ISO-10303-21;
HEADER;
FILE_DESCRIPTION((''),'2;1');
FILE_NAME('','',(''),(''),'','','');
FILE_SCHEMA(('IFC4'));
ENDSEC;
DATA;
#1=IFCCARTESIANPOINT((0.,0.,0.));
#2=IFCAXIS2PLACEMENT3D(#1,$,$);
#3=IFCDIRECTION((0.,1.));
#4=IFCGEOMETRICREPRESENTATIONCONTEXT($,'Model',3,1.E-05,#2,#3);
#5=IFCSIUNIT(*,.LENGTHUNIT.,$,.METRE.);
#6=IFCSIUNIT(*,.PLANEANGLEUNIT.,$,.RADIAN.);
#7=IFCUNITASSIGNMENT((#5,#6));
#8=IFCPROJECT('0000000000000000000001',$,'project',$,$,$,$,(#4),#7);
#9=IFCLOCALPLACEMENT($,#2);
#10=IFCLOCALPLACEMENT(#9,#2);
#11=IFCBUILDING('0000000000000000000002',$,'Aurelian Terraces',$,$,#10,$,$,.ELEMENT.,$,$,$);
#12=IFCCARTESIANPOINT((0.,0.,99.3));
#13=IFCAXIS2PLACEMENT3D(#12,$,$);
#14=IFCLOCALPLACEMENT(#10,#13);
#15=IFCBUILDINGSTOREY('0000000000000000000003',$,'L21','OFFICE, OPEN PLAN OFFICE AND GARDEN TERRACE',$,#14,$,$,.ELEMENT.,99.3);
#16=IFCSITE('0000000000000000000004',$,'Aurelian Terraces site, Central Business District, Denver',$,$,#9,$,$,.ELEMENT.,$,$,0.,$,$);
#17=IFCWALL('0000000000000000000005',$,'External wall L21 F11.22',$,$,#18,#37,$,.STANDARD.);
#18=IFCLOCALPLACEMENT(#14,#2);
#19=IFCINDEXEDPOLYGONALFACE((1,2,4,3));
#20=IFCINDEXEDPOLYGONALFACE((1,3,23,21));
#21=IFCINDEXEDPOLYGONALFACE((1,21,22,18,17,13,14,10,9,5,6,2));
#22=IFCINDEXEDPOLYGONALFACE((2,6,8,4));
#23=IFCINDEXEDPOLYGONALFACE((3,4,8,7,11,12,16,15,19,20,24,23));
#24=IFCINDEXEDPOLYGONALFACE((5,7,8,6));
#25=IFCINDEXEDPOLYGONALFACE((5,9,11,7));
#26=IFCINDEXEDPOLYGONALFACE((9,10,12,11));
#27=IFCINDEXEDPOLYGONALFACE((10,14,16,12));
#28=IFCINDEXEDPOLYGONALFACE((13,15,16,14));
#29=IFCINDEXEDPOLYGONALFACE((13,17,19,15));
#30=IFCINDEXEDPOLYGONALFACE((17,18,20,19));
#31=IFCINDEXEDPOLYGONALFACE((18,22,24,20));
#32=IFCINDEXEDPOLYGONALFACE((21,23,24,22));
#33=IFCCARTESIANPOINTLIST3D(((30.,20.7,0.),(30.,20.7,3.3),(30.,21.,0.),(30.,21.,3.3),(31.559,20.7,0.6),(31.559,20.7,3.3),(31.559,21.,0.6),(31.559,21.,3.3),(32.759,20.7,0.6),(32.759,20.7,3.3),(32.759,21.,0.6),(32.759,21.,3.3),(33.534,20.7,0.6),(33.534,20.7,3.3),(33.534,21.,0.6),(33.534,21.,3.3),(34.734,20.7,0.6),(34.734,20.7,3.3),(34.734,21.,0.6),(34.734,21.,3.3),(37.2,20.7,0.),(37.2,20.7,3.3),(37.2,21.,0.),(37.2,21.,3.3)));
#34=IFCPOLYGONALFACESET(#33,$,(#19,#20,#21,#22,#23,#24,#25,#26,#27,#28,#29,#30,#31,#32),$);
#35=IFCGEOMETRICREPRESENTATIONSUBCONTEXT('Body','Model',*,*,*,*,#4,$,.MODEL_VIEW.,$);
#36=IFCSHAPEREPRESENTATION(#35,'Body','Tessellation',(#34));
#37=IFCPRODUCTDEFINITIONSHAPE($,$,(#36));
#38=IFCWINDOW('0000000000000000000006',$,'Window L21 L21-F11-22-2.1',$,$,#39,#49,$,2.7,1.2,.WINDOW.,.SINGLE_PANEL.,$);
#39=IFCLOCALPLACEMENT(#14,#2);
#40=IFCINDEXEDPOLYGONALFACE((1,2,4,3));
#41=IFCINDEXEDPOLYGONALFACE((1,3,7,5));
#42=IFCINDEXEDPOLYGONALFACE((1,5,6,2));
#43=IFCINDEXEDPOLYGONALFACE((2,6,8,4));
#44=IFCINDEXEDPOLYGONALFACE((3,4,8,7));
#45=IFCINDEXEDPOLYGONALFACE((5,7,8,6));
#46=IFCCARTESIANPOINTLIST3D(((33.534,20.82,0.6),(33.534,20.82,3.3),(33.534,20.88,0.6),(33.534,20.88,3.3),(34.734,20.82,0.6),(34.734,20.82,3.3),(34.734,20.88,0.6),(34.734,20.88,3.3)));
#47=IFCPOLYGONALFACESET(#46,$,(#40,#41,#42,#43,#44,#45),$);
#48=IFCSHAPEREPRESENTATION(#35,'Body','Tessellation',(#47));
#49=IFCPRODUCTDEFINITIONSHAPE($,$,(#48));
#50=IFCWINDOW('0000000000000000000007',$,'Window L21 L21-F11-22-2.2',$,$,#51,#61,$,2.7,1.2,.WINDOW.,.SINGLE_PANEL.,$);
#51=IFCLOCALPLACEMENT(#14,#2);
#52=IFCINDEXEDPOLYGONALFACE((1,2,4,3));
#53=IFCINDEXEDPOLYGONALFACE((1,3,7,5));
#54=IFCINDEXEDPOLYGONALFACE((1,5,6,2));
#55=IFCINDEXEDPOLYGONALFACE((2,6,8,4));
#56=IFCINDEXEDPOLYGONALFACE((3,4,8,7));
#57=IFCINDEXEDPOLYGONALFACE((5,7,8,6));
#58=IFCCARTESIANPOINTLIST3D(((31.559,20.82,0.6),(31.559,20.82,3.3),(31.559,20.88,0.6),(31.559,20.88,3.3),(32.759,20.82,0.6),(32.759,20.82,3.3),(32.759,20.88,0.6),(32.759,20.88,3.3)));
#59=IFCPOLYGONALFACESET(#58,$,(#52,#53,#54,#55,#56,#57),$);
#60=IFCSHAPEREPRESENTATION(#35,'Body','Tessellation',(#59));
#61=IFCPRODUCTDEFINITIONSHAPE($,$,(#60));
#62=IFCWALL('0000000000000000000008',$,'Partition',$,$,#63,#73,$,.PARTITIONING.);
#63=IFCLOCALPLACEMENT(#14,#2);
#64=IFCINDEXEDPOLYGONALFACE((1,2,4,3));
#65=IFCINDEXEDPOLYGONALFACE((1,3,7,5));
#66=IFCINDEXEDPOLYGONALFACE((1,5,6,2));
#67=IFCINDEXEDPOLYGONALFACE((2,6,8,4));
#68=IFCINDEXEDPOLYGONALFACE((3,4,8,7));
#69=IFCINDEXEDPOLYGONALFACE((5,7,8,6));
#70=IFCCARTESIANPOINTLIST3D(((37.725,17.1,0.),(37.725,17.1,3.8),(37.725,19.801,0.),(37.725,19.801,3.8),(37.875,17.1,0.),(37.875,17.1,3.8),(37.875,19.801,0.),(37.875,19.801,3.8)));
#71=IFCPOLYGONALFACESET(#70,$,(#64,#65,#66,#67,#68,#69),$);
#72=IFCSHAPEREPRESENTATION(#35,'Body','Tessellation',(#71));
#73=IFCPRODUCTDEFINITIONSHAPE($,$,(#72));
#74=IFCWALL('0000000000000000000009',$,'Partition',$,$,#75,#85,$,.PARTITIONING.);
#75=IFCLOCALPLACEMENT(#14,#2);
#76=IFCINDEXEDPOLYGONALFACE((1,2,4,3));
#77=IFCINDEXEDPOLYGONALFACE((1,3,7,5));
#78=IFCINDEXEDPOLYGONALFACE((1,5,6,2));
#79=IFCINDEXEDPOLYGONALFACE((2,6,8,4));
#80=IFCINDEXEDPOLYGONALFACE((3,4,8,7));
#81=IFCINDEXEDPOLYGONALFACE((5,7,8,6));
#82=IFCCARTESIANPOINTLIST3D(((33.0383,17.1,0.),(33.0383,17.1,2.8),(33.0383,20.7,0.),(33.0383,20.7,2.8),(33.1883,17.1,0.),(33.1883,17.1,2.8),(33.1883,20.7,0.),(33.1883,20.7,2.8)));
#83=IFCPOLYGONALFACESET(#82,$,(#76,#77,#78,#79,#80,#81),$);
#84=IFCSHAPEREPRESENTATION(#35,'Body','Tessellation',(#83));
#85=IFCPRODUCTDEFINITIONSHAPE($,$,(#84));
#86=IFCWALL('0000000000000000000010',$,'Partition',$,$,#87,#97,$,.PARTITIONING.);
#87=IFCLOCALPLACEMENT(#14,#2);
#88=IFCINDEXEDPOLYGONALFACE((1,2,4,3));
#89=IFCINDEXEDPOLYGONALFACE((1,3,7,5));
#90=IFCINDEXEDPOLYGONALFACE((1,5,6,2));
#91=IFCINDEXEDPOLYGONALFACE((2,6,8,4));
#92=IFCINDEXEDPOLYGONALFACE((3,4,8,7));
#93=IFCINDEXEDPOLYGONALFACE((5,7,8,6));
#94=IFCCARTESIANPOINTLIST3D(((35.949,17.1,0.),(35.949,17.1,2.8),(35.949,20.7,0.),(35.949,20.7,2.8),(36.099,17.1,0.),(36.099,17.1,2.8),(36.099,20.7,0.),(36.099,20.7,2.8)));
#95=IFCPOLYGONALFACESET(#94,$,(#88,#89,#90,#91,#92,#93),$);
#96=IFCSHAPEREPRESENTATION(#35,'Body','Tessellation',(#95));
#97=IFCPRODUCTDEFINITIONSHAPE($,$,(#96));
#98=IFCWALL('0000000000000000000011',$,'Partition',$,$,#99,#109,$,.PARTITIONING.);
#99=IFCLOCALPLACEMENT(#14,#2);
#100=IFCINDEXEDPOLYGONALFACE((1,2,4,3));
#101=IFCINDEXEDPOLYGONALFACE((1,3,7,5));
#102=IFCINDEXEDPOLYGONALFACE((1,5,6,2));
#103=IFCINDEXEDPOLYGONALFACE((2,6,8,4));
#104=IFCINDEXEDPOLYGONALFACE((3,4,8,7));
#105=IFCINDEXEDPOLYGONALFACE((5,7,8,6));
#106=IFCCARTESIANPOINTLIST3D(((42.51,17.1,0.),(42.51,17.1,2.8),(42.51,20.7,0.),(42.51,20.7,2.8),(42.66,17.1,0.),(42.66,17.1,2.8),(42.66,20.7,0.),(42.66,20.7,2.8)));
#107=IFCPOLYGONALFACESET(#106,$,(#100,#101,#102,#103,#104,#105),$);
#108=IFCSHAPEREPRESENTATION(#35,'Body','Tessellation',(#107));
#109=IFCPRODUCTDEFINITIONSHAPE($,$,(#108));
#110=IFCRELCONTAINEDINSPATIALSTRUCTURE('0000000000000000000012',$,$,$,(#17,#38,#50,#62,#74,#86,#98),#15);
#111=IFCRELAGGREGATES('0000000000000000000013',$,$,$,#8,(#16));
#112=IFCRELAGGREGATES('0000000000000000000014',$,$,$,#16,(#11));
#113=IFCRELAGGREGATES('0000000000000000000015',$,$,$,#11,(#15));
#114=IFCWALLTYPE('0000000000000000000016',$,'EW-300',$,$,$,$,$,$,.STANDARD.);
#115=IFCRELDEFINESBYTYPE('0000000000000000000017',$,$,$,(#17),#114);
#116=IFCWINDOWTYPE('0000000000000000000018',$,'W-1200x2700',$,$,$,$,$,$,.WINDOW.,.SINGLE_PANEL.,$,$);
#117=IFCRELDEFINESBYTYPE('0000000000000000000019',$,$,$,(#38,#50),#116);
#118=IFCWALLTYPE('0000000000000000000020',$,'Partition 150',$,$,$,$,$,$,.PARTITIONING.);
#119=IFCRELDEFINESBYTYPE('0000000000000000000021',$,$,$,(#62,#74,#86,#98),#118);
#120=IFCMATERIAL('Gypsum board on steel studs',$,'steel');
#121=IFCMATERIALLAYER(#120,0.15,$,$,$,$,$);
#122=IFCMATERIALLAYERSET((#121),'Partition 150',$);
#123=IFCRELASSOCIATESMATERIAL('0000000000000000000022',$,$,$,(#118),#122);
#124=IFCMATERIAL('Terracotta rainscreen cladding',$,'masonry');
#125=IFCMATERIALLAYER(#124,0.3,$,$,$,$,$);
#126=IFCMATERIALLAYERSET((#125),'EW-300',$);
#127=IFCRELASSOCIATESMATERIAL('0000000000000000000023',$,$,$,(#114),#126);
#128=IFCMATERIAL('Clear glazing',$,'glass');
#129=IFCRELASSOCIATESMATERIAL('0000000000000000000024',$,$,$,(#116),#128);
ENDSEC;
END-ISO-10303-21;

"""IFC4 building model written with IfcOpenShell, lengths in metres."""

from ifc_helpers import new_model, si_unit, direction, frame, frame_2d, origin, place, context, subcontext, project, spatial, rectangle, extrude, source, transform, mapped, material, layer, layer_set, type_object, element, fill, save


model = new_model("IFC4")

# Units and contexts
model_context = context("Model", 3, precision=1e-05, world=origin(), true_north=direction((0.0, 1.0)))
body_context = subcontext(model_context, "Body", "Model", "MODEL_VIEW")
ifc_project = project(units=[si_unit("LENGTHUNIT", "METRE"), si_unit("PLANEANGLEUNIT", "RADIAN")], contexts=[model_context])

# Site, building, storey
site_placement = place(None, origin())
site = spatial("IfcSite", under=ifc_project, at=site_placement, Name="Aurelian Terraces site, Central Business District, Denver", CompositionType="ELEMENT", RefElevation=0.0)
building_placement = place(site_placement, origin())
building = spatial("IfcBuilding", under=site, at=building_placement, Name="Aurelian Terraces", CompositionType="ELEMENT")
storey_placement = place(building_placement, frame((0.0, 0.0, 99.3)))
storey = spatial("IfcBuildingStorey", under=building, at=storey_placement, Name="L21", Description="OFFICE, OPEN PLAN OFFICE AND GARDEN TERRACE", CompositionType="ELEMENT", Elevation=99.3)

# Shared definitions
ifc_material_1 = material(Name="Gypsum board on steel studs", Category="steel")
ifc_layer_1 = layer(ifc_material_1, 0.15)
ifc_layer_set_1 = layer_set([ifc_layer_1], Name="Partition 150")
wall_type_1 = type_object("IfcWallType", Name="Partition 150", PredefinedType="PARTITIONING", material=ifc_layer_set_1)

# Wall, openings, windows
ifc_material_2 = material(Name="Terracotta rainscreen cladding", Category="masonry")
ifc_layer_2 = layer(ifc_material_2, 0.3)
ifc_layer_set_2 = layer_set([ifc_layer_2], Name="EW-300")
wall_type_2 = type_object("IfcWallType", Name="EW-300", PredefinedType="STANDARD", material=ifc_layer_set_2)
shared_shape_1 = source(origin(), body_context, "Body", "SweptSolid", [
    extrude(rectangle(XDim=7.2, YDim=0.3, at=frame_2d((3.6, 0.0))), origin(), (0.0, 0.0, 1.0), 3.3),
])
ifc_material_3 = material(Name="Clear glazing", Category="glass")
wall_1_placement = place(storey_placement, frame((37.2, 20.85, 0.0), z_axis=(0.0, 0.0, 1.0), x_axis=(-1.0, 0.0, 0.0)))
wall_1 = element("IfcWall", 1, at=wall_1_placement, inside=storey, type_object=wall_type_2, Name="External wall L21 F11.22", PredefinedType="STANDARD", context=body_context, shape_type="MappedRepresentation", body=[
    mapped(shared_shape_1, transform((0.0, 0.0, 0.0), scale=1.0)),
])
shared_shape_2 = source(origin(), body_context, "Body", "SweptSolid", [
    extrude(rectangle(XDim=1.2, YDim=2.7, at=frame_2d((0.6, 1.35))), frame((0.0, 0.16, 0.0), z_axis=(0.0, -1.0, 0.0), x_axis=(1.0, 0.0, 0.0)), (0.0, 0.0, 1.0), 0.32),
])
opening_1_placement = place(wall_1_placement, frame((2.466, 0.0, 0.6)))
opening_1 = element("IfcOpeningElement", 2, at=opening_1_placement, cuts=wall_1, PredefinedType="OPENING", context=body_context, shape_type="MappedRepresentation", body=[
    mapped(shared_shape_2, transform((0.0, 0.0, 0.0), scale=1.0)),
])
opening_2_placement = place(wall_1_placement, frame((4.441, 0.0, 0.6)))
opening_2 = element("IfcOpeningElement", 3, at=opening_2_placement, cuts=wall_1, PredefinedType="OPENING", context=body_context, shape_type="MappedRepresentation", body=[
    mapped(shared_shape_2, transform((0.0, 0.0, 0.0), scale=1.0)),
])
window_type_1 = type_object("IfcWindowType", Name="W-1200x2700", PartitioningType="SINGLE_PANEL", PredefinedType="WINDOW", material=ifc_material_3)
shared_shape_3 = source(origin(), body_context, "Body", "SweptSolid", [
    extrude(rectangle(XDim=1.2, YDim=2.7, at=frame_2d((0.6, 1.35))), frame((0.0, 0.03, 0.0), z_axis=(0.0, -1.0, 0.0), x_axis=(1.0, 0.0, 0.0)), (0.0, 0.0, 1.0), 0.06),
])
window_1_placement = place(opening_1_placement, origin())
window_1 = element("IfcWindow", 4, at=window_1_placement, inside=storey, type_object=window_type_1, Name="Window L21 L21-F11-22-2.1", OverallHeight=2.7, OverallWidth=1.2, PartitioningType="SINGLE_PANEL", PredefinedType="WINDOW", context=body_context, shape_type="MappedRepresentation", body=[
    mapped(shared_shape_3, transform((0.0, 0.0, 0.0), scale=1.0)),
])
fill(opening_1, window_1)
window_2_placement = place(opening_2_placement, origin())
window_2 = element("IfcWindow", 5, at=window_2_placement, inside=storey, type_object=window_type_1, Name="Window L21 L21-F11-22-2.2", OverallHeight=2.7, OverallWidth=1.2, PartitioningType="SINGLE_PANEL", PredefinedType="WINDOW", context=body_context, shape_type="MappedRepresentation", body=[
    mapped(shared_shape_3, transform((0.0, 0.0, 0.0), scale=1.0)),
])
fill(opening_2, window_2)

# Walls
shared_shape_4 = source(origin(), body_context, "Body", "SweptSolid", [
    extrude(rectangle(XDim=2.701, YDim=0.15, at=frame_2d((1.3505, 0.0))), origin(), (0.0, 0.0, 1.0), 3.8),
])
wall_2_placement = place(storey_placement, frame((37.8, 17.1, 0.0), z_axis=(0.0, 0.0, 1.0), x_axis=(0.0, 1.0, 0.0)))
element("IfcWall", 6, at=wall_2_placement, inside=storey, type_object=wall_type_1, Name="Partition", PredefinedType="PARTITIONING", context=body_context, shape_type="MappedRepresentation", body=[
    mapped(shared_shape_4, transform((0.0, 0.0, 0.0), scale=1.0)),
])
shared_shape_5 = source(origin(), body_context, "Body", "SweptSolid", [
    extrude(rectangle(XDim=3.6, YDim=0.15, at=frame_2d((1.8, 0.0))), origin(), (0.0, 0.0, 1.0), 2.8),
])
for number, where, z_axis, x_axis, name in (
    (7, (33.1133, 20.7, 0.0), (0.0, 0.0, 1.0), (0.0, -1.0, 0.0), "Partition"),
    (8, (36.024, 20.7, 0.0), (0.0, 0.0, 1.0), (0.0, -1.0, 0.0), "Partition"),
    (9, (42.585, 20.7, 0.0), (0.0, 0.0, 1.0), (0.0, -1.0, 0.0), "Partition"),
):
    element("IfcWall", number, at=place(storey_placement, frame(where, z_axis=z_axis, x_axis=x_axis)), inside=storey, type_object=wall_type_1, Name=name, PredefinedType="PARTITIONING", context=body_context, shape_type="MappedRepresentation", body=[
        mapped(shared_shape_5, transform((0.0, 0.0, 0.0), scale=1.0)),
    ])

save(model, "model.ifc")
